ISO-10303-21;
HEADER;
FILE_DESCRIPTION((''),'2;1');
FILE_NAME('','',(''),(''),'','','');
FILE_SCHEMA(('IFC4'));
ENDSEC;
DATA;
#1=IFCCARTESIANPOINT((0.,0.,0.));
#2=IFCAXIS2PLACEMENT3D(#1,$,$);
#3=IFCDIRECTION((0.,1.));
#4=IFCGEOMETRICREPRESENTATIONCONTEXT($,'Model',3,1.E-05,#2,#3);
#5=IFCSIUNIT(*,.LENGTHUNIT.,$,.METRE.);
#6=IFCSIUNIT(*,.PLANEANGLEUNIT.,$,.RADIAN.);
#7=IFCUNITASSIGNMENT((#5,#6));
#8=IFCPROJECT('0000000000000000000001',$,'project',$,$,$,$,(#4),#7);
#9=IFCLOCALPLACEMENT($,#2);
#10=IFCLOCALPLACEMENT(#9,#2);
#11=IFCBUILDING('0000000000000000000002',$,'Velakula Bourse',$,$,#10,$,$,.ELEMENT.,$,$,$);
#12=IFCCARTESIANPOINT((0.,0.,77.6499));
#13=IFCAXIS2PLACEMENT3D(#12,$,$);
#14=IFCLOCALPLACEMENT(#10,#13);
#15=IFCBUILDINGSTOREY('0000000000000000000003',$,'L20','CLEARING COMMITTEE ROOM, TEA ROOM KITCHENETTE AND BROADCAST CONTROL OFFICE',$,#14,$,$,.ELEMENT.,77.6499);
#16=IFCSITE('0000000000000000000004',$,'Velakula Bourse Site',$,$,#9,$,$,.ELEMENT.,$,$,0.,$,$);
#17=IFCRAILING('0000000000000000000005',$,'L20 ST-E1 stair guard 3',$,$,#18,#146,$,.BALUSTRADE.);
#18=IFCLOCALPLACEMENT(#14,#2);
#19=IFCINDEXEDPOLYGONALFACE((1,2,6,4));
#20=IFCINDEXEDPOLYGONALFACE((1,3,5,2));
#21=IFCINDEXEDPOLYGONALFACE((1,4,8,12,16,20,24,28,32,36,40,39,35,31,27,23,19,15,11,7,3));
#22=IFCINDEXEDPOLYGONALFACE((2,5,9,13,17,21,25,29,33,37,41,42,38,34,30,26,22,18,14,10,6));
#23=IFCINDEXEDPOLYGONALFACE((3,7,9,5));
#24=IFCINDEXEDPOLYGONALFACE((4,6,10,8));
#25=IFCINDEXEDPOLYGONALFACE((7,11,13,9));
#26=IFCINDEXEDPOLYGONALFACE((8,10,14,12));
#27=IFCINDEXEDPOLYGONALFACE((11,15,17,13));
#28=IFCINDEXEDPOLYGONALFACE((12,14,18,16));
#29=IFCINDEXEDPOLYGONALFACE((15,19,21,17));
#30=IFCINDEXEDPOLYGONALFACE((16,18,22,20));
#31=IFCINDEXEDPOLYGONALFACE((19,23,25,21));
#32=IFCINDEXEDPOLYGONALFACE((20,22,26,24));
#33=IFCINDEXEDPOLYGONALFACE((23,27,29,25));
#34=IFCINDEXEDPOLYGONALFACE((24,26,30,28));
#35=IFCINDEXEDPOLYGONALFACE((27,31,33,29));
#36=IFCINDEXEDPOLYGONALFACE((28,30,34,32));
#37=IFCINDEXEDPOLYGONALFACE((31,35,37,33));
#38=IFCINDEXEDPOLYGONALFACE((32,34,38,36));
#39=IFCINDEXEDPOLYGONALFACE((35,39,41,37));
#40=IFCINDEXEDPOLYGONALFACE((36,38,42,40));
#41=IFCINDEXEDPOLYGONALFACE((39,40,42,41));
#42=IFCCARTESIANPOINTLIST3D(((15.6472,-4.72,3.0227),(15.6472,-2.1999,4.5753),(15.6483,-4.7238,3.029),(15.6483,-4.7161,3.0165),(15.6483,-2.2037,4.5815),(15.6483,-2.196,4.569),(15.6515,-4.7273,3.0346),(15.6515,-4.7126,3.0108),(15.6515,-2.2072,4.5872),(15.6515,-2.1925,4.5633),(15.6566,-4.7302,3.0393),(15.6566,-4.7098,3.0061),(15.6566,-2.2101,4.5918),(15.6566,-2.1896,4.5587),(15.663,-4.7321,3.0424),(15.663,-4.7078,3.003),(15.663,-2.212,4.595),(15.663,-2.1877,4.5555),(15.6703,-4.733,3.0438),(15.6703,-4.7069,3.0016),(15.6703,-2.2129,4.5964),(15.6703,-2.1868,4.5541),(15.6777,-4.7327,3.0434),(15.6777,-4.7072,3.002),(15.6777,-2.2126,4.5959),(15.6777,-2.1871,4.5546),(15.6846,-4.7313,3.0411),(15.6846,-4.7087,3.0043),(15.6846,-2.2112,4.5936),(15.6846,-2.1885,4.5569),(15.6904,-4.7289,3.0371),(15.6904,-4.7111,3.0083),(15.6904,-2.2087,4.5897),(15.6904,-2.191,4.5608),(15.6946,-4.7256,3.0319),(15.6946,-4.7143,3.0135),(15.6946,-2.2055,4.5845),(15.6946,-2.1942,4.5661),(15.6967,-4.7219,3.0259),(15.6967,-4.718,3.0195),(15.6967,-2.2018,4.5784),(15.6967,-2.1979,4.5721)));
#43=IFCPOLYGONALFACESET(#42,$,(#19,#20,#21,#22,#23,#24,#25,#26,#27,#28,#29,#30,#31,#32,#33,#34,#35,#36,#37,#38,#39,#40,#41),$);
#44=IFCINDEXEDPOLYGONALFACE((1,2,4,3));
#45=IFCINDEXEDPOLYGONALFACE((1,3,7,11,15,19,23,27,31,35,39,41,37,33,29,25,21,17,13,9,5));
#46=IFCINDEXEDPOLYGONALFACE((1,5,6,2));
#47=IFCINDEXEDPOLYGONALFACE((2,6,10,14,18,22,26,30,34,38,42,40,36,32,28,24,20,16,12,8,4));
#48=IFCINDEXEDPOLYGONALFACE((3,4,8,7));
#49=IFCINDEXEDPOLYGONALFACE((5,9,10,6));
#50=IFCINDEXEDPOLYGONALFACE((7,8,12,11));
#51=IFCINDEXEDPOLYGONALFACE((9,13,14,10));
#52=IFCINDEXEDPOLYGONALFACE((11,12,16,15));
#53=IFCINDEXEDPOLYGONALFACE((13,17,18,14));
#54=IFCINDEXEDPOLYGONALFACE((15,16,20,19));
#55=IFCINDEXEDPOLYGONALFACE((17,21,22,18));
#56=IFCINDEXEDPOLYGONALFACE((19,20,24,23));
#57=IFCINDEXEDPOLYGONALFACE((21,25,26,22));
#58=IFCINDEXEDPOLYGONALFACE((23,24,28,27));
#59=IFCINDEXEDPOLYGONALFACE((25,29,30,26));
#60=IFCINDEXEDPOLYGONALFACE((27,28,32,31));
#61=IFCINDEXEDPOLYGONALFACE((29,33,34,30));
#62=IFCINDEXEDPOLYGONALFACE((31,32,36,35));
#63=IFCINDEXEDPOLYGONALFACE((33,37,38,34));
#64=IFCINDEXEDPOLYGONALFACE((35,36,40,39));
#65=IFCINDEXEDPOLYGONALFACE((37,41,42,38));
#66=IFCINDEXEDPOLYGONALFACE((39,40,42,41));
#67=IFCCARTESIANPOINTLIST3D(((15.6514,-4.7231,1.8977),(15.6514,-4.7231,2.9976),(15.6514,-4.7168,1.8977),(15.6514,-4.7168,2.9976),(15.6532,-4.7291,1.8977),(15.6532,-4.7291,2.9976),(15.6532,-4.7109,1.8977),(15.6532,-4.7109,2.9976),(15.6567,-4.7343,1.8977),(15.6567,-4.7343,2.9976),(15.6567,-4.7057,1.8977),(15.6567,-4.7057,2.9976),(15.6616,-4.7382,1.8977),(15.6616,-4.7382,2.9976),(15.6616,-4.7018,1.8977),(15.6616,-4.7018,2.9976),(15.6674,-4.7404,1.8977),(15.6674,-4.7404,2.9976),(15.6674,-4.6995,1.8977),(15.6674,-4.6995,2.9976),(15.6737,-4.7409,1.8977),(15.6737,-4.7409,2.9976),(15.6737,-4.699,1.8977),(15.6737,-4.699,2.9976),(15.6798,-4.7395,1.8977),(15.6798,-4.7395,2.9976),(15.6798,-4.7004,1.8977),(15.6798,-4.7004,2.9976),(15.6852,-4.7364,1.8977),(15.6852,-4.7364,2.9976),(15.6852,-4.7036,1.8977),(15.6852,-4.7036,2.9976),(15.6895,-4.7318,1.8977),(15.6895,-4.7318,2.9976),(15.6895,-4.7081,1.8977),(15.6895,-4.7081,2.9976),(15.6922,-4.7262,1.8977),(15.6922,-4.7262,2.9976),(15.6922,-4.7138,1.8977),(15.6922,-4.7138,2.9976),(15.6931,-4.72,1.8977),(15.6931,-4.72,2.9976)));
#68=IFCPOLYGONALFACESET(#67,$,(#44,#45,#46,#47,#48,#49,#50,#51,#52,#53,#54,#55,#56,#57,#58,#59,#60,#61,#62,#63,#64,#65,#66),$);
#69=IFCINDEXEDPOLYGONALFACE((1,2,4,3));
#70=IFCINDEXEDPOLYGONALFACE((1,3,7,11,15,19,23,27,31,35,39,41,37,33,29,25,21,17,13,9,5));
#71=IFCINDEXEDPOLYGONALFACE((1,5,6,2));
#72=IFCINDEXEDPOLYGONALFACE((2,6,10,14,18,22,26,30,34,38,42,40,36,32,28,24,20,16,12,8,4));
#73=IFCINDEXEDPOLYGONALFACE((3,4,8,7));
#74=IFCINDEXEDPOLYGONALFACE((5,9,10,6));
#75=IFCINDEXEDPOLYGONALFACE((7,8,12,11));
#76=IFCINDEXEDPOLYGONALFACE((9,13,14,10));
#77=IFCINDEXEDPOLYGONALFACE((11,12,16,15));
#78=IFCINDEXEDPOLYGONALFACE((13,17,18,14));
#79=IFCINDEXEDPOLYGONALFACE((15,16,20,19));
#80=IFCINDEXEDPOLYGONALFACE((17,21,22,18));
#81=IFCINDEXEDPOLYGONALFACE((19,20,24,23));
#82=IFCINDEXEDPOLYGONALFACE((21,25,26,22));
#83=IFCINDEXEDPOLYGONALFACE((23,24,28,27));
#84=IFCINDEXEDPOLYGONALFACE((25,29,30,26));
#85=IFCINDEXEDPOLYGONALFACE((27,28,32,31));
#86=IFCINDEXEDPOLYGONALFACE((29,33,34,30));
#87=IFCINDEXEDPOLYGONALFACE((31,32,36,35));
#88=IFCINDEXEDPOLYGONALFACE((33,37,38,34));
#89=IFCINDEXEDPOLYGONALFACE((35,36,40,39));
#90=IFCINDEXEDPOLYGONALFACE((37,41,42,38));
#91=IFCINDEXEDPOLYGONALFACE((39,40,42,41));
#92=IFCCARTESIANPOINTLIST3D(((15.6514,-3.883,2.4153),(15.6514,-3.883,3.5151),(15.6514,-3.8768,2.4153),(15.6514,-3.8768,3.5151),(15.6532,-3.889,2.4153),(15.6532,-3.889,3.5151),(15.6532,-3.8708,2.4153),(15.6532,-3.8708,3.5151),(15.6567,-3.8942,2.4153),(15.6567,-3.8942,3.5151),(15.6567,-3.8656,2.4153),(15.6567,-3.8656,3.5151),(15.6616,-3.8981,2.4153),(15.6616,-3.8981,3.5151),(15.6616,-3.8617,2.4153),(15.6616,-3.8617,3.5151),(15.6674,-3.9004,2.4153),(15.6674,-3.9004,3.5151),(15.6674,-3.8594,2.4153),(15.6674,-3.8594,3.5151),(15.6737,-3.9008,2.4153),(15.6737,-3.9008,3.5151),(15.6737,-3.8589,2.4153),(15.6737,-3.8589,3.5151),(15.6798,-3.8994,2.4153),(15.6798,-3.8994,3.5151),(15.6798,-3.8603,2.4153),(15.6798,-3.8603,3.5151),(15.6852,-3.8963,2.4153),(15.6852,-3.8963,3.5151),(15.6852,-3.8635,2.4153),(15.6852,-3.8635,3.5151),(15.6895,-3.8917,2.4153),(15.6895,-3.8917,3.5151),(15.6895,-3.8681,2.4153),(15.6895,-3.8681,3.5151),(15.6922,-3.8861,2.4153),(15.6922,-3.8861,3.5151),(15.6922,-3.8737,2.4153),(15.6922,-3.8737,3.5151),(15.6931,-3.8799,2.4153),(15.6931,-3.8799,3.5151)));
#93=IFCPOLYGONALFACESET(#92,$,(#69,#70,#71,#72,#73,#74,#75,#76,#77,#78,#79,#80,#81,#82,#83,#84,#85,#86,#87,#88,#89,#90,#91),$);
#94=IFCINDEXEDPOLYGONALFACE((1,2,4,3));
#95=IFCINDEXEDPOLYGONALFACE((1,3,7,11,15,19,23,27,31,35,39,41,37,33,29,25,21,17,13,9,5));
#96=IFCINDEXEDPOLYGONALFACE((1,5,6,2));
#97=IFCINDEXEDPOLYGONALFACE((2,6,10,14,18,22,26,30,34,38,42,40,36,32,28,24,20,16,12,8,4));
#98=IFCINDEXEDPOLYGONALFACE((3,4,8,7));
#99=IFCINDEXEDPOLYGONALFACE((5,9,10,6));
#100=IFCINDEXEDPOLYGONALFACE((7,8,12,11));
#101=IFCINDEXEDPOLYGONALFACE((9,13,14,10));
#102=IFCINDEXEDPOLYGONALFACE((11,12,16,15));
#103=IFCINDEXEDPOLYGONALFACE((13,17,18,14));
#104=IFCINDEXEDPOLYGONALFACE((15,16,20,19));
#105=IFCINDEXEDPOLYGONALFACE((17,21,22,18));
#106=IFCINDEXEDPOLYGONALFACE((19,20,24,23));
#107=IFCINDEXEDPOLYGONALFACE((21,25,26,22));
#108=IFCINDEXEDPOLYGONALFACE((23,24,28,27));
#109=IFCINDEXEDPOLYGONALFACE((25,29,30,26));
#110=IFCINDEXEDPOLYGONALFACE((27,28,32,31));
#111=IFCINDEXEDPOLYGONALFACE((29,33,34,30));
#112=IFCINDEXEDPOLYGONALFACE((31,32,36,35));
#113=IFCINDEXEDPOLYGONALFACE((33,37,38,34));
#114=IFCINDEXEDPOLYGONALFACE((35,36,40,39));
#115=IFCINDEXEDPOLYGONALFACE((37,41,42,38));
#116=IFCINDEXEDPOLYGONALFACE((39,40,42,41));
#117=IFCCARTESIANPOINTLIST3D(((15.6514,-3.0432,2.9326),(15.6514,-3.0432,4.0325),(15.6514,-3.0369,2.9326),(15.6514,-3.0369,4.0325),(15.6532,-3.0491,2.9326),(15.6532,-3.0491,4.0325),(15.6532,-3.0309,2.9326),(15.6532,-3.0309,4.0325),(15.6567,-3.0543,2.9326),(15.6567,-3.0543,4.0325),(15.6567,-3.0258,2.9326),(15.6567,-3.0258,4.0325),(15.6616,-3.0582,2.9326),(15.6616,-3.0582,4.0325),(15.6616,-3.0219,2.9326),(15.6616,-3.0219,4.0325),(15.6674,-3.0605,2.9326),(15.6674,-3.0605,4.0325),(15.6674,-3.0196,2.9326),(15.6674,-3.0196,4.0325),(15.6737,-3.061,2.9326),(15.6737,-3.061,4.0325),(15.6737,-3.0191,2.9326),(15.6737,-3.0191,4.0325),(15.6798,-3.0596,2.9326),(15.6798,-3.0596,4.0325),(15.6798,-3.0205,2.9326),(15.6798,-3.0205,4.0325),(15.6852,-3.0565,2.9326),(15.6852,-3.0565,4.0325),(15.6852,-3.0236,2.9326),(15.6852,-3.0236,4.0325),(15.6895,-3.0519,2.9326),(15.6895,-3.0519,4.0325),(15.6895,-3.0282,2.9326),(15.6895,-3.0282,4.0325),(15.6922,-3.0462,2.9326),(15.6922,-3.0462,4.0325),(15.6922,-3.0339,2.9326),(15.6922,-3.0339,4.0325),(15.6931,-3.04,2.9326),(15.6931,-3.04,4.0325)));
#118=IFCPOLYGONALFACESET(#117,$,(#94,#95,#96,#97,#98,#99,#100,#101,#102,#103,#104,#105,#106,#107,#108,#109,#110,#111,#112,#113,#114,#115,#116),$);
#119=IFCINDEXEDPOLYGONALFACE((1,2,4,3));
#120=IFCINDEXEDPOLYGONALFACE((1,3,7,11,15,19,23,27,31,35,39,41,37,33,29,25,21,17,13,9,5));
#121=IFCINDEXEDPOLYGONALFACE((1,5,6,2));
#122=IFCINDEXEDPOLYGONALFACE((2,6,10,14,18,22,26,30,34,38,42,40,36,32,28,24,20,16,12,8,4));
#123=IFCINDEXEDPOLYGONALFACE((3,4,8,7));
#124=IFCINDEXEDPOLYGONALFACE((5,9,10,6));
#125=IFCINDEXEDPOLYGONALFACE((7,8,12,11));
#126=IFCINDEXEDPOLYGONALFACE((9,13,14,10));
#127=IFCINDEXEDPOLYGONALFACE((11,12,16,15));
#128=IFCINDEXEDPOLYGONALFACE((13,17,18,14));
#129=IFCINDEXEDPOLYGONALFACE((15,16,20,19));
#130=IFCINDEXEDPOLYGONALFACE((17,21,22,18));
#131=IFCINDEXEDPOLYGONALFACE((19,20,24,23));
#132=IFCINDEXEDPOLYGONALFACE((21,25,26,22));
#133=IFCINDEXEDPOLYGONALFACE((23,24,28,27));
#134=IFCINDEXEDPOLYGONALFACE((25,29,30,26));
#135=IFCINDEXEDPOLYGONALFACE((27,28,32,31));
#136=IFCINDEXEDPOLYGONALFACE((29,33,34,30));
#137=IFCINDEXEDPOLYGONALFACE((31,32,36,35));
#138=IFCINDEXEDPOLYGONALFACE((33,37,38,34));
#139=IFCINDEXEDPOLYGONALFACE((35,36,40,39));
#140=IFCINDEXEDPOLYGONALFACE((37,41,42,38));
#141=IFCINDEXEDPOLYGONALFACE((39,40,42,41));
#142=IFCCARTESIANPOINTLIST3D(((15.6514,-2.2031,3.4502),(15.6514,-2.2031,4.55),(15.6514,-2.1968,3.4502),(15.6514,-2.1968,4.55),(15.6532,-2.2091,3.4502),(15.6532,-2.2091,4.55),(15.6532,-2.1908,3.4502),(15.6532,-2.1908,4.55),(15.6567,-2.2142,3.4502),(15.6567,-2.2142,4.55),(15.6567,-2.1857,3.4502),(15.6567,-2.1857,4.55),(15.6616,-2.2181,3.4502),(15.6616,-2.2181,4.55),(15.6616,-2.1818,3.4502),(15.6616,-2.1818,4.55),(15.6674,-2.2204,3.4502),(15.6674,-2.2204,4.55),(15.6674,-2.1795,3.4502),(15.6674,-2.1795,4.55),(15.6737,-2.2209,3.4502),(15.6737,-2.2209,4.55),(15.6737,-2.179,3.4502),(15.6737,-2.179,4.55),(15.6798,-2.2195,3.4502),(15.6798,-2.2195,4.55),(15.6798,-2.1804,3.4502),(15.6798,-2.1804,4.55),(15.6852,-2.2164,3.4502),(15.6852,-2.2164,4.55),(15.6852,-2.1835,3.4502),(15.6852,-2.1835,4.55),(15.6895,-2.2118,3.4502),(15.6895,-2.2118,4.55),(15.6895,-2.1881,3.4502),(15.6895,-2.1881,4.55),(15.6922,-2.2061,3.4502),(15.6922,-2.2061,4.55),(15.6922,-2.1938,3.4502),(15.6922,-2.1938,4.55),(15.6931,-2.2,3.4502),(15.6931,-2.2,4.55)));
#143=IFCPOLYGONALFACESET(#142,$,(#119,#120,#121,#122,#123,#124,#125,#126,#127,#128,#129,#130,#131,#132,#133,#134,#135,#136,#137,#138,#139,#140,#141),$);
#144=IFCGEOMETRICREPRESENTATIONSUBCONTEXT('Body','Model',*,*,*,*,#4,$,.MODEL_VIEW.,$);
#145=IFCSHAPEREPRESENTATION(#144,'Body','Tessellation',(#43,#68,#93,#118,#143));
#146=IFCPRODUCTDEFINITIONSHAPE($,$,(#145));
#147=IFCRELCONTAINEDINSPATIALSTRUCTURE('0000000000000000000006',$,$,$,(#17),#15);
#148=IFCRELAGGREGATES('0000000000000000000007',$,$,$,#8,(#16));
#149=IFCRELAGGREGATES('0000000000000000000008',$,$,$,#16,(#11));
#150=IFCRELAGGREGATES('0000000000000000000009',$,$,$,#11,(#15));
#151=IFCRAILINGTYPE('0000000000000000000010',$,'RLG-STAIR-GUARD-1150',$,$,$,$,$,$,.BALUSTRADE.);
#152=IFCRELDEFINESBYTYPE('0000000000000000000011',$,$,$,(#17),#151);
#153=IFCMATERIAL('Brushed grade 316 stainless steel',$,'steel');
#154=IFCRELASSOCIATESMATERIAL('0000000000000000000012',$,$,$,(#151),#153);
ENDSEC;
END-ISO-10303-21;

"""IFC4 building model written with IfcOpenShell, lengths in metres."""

from ifc_helpers import new_model, si_unit, direction, frame, origin, origin_2d, place, context, subcontext, project, spatial, circle, extrude, material, type_object, element, save


model = new_model("IFC4")

# Units and contexts
model_context = context("Model", 3, precision=1e-05, world=origin(), true_north=direction((0.0, 1.0)))
body_context = subcontext(model_context, "Body", "Model", "MODEL_VIEW")
ifc_project = project(units=[si_unit("LENGTHUNIT", "METRE"), si_unit("PLANEANGLEUNIT", "RADIAN")], contexts=[model_context])

# Site, building, storey
site_placement = place(None, origin())
site = spatial("IfcSite", under=ifc_project, at=site_placement, Name="Velakula Bourse Site", CompositionType="ELEMENT", RefElevation=0.0)
building_placement = place(site_placement, origin())
building = spatial("IfcBuilding", under=site, at=building_placement, Name="Velakula Bourse", CompositionType="ELEMENT")
storey_placement = place(building_placement, frame((0.0, 0.0, 77.6499)))
storey = spatial("IfcBuildingStorey", under=building, at=storey_placement, Name="L20", Description="CLEARING COMMITTEE ROOM, TEA ROOM KITCHENETTE AND BROADCAST CONTROL OFFICE", CompositionType="ELEMENT", Elevation=77.6499)

# Railing
ifc_material_1 = material(Name="Brushed grade 316 stainless steel", Category="steel")
railing_type_1 = type_object("IfcRailingType", Name="RLG-STAIR-GUARD-1150", PredefinedType="BALUSTRADE", material=ifc_material_1)
railing_1_placement = place(storey_placement, frame((15.6721, -4.72, 1.8977)))
element("IfcRailing", 1, at=railing_1_placement, inside=storey, type_object=railing_type_1, Name="L20 ST-E1 stair guard 3", PredefinedType="BALUSTRADE", context=body_context, shape_type="SweptSolid", body=[
    extrude(circle(Radius=0.0249, at=origin_2d()), frame((0.0, 0.0, 1.125), z_axis=(0.0, 0.8514, 0.524516), x_axis=(-1.0, 0.0, 0.0)), (0.0, 0.0, 1.0), 2.96),
    extrude(circle(Radius=0.021, at=origin_2d()), origin(), (0.0, 0.0, 1.0), 1.0999),
    extrude(circle(Radius=0.021, at=origin_2d()), frame((0.0, 0.8401, 0.5176)), (0.0, 0.0, 1.0), 1.0999),
    extrude(circle(Radius=0.021, at=origin_2d()), frame((0.0, 1.6799, 1.0349)), (0.0, 0.0, 1.0), 1.0999),
    extrude(circle(Radius=0.021, at=origin_2d()), frame((0.0, 2.52, 1.5525)), (0.0, 0.0, 1.0), 1.0999),
])

save(model, "model.ifc")
